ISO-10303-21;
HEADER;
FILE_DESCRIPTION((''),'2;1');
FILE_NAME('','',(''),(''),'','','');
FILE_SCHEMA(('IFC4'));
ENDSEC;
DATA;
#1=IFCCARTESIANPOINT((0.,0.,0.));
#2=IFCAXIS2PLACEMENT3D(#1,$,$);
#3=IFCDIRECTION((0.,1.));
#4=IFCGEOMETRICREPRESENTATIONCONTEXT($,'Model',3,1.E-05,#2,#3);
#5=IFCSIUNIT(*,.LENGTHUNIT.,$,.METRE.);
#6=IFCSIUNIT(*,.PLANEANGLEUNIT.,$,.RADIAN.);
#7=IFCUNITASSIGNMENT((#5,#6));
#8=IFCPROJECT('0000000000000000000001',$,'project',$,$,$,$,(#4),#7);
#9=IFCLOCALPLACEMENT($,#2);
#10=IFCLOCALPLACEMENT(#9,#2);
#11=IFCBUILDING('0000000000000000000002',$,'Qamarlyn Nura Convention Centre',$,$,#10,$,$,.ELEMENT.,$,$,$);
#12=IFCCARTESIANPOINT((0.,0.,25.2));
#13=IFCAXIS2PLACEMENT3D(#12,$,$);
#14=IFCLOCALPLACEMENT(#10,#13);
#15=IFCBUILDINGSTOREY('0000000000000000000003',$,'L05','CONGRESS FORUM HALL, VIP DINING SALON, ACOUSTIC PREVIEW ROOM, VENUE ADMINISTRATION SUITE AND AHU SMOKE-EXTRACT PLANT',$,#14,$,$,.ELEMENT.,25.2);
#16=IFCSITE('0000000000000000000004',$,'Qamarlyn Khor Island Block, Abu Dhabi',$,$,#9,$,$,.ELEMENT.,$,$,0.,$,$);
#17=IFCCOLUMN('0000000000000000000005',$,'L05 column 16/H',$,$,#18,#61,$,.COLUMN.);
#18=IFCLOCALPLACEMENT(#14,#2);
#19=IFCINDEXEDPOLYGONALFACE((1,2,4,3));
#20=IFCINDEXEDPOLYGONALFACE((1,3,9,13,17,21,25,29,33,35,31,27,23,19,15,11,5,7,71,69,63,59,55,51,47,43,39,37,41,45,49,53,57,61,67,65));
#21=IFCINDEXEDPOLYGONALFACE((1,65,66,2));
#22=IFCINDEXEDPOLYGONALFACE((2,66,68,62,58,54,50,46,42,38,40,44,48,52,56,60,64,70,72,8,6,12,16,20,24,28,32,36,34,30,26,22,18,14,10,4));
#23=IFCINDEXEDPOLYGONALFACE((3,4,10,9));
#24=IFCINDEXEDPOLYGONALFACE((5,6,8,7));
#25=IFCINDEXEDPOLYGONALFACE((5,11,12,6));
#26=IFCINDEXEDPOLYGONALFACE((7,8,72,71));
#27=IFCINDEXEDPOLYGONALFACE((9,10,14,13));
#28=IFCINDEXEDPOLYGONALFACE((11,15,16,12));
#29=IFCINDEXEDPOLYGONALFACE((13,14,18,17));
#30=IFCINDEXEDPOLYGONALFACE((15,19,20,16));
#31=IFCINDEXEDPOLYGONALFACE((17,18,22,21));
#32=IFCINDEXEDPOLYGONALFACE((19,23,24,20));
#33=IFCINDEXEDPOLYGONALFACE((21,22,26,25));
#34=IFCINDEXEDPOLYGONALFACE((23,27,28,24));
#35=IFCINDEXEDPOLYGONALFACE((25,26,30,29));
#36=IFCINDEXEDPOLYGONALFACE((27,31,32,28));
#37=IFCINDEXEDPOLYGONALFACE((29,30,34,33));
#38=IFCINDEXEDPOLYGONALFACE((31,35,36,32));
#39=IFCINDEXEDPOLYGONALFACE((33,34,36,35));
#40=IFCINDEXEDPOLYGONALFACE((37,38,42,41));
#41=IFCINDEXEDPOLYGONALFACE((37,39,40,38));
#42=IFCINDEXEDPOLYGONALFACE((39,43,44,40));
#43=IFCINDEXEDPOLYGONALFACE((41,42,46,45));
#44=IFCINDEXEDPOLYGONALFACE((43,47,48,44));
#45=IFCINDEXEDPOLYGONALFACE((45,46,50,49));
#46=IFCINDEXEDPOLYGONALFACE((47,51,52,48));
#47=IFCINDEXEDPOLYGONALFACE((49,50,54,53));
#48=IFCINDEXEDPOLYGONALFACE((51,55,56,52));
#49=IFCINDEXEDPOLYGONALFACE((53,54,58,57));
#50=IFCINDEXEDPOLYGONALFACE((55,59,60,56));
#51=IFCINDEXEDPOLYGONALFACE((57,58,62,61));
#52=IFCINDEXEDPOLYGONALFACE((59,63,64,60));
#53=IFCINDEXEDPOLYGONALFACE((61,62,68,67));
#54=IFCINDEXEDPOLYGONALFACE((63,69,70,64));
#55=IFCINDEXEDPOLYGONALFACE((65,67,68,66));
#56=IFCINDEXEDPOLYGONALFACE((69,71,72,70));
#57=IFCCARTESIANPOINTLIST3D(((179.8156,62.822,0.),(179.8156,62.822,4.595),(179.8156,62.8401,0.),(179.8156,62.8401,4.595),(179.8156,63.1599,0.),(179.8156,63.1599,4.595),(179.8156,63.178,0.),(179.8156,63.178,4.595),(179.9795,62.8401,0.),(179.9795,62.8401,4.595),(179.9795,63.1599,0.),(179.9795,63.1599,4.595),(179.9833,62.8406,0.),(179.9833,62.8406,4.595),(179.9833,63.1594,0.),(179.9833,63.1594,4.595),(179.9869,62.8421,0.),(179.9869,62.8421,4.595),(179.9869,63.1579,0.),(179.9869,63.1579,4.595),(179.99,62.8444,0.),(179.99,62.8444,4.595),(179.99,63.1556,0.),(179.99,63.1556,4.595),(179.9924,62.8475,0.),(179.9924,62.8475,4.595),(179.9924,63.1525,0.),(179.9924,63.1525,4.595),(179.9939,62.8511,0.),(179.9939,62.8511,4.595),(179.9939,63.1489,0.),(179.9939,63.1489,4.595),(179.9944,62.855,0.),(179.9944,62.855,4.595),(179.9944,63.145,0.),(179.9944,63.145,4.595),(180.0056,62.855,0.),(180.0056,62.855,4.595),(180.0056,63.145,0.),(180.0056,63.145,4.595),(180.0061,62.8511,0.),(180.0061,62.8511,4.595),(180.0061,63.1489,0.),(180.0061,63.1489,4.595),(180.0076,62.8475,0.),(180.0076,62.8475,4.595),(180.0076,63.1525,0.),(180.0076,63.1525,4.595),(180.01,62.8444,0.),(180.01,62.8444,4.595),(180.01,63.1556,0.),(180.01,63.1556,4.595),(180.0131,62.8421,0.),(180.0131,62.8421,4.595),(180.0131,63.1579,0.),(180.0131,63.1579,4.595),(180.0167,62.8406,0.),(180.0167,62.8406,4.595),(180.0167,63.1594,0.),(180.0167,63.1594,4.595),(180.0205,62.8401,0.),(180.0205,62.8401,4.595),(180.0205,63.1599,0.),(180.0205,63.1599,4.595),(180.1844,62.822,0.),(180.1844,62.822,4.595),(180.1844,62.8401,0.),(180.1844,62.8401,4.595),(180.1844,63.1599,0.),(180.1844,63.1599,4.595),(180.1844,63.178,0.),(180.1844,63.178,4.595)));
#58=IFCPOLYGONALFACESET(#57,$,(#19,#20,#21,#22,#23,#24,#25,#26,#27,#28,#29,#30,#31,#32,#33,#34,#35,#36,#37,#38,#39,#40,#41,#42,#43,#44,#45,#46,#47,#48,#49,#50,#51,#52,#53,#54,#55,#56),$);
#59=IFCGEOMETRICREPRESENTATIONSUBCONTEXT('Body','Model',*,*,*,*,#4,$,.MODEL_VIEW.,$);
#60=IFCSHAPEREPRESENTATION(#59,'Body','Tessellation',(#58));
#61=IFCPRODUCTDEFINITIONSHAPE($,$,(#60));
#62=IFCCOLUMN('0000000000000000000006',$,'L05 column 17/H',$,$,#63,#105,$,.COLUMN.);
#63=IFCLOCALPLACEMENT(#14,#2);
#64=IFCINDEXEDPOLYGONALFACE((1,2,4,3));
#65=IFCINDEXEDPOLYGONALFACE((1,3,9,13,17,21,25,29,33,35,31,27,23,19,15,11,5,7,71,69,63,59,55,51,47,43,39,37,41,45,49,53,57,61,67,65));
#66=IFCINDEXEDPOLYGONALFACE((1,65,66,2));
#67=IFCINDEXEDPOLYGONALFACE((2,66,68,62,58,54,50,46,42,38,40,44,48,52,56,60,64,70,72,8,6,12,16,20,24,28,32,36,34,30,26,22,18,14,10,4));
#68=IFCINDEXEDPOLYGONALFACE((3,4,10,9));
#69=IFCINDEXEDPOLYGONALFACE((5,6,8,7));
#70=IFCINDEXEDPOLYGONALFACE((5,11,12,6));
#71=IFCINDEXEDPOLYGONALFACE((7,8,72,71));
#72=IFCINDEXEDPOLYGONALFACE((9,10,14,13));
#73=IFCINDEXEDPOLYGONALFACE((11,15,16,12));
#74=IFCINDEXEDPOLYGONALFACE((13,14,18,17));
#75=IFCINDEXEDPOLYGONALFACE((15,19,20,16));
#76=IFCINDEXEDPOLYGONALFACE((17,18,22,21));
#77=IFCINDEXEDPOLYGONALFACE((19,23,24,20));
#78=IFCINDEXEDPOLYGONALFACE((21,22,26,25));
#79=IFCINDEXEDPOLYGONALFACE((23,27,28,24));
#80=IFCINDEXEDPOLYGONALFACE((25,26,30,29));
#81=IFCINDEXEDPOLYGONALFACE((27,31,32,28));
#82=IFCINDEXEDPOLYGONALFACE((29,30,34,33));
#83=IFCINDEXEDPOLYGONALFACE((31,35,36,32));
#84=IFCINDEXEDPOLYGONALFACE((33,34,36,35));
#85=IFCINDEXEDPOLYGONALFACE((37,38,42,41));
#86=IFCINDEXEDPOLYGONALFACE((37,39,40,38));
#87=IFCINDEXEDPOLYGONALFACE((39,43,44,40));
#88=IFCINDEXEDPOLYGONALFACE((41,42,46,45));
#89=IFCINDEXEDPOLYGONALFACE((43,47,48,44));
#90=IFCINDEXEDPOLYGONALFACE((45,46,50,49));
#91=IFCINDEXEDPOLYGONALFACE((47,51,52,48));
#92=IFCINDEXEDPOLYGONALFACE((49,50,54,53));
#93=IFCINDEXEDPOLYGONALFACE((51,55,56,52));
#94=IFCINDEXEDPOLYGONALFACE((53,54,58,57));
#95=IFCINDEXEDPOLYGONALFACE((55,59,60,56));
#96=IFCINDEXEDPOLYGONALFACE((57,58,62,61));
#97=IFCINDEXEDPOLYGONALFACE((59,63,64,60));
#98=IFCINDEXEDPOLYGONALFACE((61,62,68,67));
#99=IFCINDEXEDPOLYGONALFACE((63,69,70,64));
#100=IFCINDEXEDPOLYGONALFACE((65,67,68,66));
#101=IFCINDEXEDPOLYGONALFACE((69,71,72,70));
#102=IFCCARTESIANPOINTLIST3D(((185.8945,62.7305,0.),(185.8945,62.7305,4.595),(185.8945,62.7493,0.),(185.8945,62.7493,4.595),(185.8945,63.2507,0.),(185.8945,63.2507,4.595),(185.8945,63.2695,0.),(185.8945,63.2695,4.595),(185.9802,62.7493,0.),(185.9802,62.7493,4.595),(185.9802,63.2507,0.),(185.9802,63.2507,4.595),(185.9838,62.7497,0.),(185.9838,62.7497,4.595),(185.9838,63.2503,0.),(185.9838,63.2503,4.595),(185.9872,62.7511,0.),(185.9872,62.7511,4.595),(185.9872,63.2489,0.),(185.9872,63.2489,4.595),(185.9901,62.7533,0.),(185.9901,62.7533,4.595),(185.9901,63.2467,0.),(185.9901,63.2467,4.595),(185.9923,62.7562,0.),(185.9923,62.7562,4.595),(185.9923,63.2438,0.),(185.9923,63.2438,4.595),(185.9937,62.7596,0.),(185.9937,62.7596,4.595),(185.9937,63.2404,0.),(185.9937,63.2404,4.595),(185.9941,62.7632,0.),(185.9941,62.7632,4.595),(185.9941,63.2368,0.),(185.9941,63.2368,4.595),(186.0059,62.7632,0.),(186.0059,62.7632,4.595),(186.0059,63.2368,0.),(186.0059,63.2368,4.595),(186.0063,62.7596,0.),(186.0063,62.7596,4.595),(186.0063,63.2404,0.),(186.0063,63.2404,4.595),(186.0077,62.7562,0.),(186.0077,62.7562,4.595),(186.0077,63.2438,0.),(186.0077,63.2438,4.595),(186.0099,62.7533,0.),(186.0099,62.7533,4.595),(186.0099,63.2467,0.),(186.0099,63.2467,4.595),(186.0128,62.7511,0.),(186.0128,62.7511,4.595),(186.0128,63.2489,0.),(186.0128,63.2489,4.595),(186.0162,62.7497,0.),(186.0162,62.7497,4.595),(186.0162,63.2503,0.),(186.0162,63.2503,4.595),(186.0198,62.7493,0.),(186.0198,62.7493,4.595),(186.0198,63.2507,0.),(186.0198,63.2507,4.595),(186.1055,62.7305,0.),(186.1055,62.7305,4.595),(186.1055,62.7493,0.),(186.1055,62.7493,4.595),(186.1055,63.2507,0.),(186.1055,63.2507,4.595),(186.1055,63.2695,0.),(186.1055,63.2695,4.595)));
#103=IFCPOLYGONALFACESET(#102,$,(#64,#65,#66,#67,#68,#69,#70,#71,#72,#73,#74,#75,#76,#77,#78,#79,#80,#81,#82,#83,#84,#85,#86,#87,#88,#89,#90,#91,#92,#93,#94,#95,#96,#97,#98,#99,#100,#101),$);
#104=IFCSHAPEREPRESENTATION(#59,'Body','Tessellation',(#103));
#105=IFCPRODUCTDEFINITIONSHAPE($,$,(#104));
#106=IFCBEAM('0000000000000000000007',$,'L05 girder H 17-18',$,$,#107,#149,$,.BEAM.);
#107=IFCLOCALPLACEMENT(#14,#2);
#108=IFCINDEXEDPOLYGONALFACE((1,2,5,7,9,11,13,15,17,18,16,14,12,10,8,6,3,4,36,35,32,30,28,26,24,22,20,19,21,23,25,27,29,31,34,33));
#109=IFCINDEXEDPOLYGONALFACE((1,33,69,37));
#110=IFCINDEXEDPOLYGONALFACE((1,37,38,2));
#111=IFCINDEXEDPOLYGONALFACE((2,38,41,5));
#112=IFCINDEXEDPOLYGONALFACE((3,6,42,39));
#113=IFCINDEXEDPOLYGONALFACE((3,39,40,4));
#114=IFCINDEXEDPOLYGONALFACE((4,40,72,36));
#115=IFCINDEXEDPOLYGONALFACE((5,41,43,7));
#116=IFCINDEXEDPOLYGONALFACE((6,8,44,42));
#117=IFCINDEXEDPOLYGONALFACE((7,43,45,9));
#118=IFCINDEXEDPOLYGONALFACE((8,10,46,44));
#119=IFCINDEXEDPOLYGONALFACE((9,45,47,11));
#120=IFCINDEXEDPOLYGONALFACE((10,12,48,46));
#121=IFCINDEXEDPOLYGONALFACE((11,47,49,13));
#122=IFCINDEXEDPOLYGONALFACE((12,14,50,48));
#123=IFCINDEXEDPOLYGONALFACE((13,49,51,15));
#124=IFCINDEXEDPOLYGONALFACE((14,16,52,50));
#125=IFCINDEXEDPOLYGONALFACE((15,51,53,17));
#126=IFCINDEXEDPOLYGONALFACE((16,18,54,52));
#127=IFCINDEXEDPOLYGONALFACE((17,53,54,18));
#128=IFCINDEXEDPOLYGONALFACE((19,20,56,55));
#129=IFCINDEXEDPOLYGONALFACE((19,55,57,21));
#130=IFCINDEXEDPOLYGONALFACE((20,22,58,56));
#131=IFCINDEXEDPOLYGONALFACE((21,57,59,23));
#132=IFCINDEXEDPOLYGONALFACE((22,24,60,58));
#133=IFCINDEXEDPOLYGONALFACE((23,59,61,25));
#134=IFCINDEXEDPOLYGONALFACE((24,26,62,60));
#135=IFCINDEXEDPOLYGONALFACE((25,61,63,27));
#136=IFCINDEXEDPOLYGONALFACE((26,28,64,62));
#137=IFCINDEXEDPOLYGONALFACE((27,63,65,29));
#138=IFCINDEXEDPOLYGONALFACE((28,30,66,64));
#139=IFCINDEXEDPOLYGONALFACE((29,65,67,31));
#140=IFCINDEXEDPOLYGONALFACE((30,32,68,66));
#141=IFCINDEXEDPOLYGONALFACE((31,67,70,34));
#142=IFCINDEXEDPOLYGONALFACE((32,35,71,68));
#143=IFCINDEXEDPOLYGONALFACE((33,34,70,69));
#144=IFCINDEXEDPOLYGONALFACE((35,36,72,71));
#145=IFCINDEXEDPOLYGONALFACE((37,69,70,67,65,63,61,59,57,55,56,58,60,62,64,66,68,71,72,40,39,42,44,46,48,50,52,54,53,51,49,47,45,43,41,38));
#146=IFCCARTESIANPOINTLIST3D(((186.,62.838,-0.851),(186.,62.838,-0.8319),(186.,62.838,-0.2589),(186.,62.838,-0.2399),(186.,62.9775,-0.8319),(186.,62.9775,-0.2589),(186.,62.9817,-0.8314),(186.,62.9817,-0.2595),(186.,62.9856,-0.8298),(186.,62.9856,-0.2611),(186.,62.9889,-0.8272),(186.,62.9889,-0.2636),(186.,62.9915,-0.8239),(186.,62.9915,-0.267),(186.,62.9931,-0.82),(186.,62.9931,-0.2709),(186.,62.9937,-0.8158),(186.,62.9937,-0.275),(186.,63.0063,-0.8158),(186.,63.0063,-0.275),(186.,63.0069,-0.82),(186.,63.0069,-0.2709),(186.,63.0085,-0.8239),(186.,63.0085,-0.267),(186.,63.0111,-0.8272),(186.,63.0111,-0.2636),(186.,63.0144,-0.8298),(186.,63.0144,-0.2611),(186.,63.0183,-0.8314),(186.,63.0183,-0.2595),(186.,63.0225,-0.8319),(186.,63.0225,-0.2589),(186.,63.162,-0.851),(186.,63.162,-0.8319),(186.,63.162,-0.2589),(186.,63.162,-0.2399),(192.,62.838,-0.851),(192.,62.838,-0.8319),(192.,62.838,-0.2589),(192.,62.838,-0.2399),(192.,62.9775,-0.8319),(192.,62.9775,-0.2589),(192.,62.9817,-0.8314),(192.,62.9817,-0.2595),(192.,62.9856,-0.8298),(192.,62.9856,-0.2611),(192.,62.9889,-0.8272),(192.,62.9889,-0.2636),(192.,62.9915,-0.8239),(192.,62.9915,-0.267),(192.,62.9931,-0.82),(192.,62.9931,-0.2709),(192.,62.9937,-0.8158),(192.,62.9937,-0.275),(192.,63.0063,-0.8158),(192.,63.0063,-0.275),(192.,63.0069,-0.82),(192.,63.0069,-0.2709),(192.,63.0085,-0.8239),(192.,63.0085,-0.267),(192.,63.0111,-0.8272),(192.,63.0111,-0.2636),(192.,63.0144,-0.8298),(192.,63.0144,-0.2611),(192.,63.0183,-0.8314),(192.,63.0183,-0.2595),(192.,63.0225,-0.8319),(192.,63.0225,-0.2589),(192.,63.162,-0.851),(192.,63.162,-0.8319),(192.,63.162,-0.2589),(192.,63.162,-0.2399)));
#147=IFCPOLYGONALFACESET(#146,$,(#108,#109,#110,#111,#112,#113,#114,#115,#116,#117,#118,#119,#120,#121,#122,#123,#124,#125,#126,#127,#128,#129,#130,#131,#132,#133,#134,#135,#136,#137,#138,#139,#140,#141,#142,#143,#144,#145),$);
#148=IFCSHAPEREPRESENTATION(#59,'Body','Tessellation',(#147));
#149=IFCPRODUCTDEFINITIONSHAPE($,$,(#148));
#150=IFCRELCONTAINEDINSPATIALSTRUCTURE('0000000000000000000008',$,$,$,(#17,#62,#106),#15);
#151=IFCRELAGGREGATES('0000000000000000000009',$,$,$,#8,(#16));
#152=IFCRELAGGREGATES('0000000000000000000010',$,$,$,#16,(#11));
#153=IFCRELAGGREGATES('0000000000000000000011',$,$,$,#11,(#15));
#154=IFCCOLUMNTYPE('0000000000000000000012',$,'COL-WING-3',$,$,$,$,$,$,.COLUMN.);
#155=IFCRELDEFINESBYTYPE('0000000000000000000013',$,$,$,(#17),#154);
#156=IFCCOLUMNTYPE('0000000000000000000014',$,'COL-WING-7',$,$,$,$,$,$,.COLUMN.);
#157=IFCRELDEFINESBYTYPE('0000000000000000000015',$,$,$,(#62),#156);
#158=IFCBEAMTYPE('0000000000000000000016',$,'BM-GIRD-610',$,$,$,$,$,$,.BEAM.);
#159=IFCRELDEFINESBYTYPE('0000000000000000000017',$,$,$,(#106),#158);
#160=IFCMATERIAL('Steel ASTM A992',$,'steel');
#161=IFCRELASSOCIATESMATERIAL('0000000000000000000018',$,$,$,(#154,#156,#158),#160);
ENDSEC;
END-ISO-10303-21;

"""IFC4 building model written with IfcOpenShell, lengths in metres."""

from ifc_helpers import new_model, si_unit, direction, frame, origin, origin_2d, place, context, subcontext, project, spatial, i_section, extrude, material, material_profile, profile_set, type_object, element, save


model = new_model("IFC4")

# Units and contexts
model_context = context("Model", 3, precision=1e-05, world=origin(), true_north=direction((0.0, 1.0)))
body_context = subcontext(model_context, "Body", "Model", "MODEL_VIEW")
ifc_project = project(units=[si_unit("LENGTHUNIT", "METRE"), si_unit("PLANEANGLEUNIT", "RADIAN")], contexts=[model_context])

# Site, building, storey
site_placement = place(None, origin())
site = spatial("IfcSite", under=ifc_project, at=site_placement, Name="Qamarlyn Khor Island Block, Abu Dhabi", CompositionType="ELEMENT", RefElevation=0.0)
building_placement = place(site_placement, origin())
building = spatial("IfcBuilding", under=site, at=building_placement, Name="Qamarlyn Nura Convention Centre", CompositionType="ELEMENT")
storey_placement = place(building_placement, frame((0.0, 0.0, 25.2)))
storey = spatial("IfcBuildingStorey", under=building, at=storey_placement, Name="L05", Description="CONGRESS FORUM HALL, VIP DINING SALON, ACOUSTIC PREVIEW ROOM, VENUE ADMINISTRATION SUITE AND AHU SMOKE-EXTRACT PLANT", CompositionType="ELEMENT", Elevation=25.2)

# Columns
ifc_material_1 = material(Name="Steel ASTM A992", Category="steel")
ifc_material_profile_1 = material_profile(ifc_material_1, i_section(OverallWidth=0.3689, OverallDepth=0.356, WebThickness=0.0112, FlangeThickness=0.0181, FilletRadius=0.0149, at=origin_2d()), Name="W360X134")
ifc_profile_set_1 = profile_set([ifc_material_profile_1], Name="Steel ASTM A992")
column_type_1 = type_object("IfcColumnType", Name="COL-WING-3", PredefinedType="COLUMN", material=ifc_profile_set_1)
column_1_placement = place(storey_placement, frame((180.0, 63.0, 0.0), z_axis=(0.0, 0.0, 1.0), x_axis=(1.0, 0.0, 0.0)))
element("IfcColumn", 1, at=column_1_placement, inside=storey, type_object=column_type_1, Name="L05 column 16/H", PredefinedType="COLUMN", context=body_context, shape_type="SweptSolid", body=[
    extrude(i_section(OverallWidth=0.3689, OverallDepth=0.356, WebThickness=0.0112, FlangeThickness=0.0181, FilletRadius=0.0149, at=origin_2d()), origin(), (0.0, 0.0, 1.0), 4.595),
])
ifc_material_profile_2 = material_profile(ifc_material_1, i_section(OverallWidth=0.2109, OverallDepth=0.5391, WebThickness=0.0117, FlangeThickness=0.0188, FilletRadius=0.0139, at=origin_2d()), Name="W530X109")
ifc_profile_set_2 = profile_set([ifc_material_profile_2], Name="Steel ASTM A992")
column_type_2 = type_object("IfcColumnType", Name="COL-WING-7", PredefinedType="COLUMN", material=ifc_profile_set_2)
column_2_placement = place(storey_placement, frame((186.0, 63.0, 0.0), z_axis=(0.0, 0.0, 1.0), x_axis=(1.0, 0.0, 0.0)))
element("IfcColumn", 2, at=column_2_placement, inside=storey, type_object=column_type_2, Name="L05 column 17/H", PredefinedType="COLUMN", context=body_context, shape_type="SweptSolid", body=[
    extrude(i_section(OverallWidth=0.2109, OverallDepth=0.5391, WebThickness=0.0117, FlangeThickness=0.0188, FilletRadius=0.0139, at=origin_2d()), origin(), (0.0, 0.0, 1.0), 4.595),
])

# Beam
ifc_material_profile_3 = material_profile(ifc_material_1, i_section(OverallWidth=0.324, OverallDepth=0.6111, WebThickness=0.0127, FlangeThickness=0.019, FilletRadius=0.0161, at=origin_2d()), Name="W610X155")
ifc_profile_set_3 = profile_set([ifc_material_profile_3], Name="Steel ASTM A992")
beam_type_1 = type_object("IfcBeamType", Name="BM-GIRD-610", PredefinedType="BEAM", material=ifc_profile_set_3)
beam_1_placement = place(storey_placement, frame((186.0, 63.0, -0.5454), z_axis=(1.0, 0.0, 0.0), x_axis=(0.0, 1.0, 0.0)))
element("IfcBeam", 3, at=beam_1_placement, inside=storey, type_object=beam_type_1, Name="L05 girder H 17-18", PredefinedType="BEAM", context=body_context, shape_type="SweptSolid", body=[
    extrude(i_section(OverallWidth=0.324, OverallDepth=0.6111, WebThickness=0.0127, FlangeThickness=0.019, FilletRadius=0.0161, at=origin_2d()), origin(), (0.0, 0.0, 1.0), 6.0),
])

save(model, "model.ifc")
